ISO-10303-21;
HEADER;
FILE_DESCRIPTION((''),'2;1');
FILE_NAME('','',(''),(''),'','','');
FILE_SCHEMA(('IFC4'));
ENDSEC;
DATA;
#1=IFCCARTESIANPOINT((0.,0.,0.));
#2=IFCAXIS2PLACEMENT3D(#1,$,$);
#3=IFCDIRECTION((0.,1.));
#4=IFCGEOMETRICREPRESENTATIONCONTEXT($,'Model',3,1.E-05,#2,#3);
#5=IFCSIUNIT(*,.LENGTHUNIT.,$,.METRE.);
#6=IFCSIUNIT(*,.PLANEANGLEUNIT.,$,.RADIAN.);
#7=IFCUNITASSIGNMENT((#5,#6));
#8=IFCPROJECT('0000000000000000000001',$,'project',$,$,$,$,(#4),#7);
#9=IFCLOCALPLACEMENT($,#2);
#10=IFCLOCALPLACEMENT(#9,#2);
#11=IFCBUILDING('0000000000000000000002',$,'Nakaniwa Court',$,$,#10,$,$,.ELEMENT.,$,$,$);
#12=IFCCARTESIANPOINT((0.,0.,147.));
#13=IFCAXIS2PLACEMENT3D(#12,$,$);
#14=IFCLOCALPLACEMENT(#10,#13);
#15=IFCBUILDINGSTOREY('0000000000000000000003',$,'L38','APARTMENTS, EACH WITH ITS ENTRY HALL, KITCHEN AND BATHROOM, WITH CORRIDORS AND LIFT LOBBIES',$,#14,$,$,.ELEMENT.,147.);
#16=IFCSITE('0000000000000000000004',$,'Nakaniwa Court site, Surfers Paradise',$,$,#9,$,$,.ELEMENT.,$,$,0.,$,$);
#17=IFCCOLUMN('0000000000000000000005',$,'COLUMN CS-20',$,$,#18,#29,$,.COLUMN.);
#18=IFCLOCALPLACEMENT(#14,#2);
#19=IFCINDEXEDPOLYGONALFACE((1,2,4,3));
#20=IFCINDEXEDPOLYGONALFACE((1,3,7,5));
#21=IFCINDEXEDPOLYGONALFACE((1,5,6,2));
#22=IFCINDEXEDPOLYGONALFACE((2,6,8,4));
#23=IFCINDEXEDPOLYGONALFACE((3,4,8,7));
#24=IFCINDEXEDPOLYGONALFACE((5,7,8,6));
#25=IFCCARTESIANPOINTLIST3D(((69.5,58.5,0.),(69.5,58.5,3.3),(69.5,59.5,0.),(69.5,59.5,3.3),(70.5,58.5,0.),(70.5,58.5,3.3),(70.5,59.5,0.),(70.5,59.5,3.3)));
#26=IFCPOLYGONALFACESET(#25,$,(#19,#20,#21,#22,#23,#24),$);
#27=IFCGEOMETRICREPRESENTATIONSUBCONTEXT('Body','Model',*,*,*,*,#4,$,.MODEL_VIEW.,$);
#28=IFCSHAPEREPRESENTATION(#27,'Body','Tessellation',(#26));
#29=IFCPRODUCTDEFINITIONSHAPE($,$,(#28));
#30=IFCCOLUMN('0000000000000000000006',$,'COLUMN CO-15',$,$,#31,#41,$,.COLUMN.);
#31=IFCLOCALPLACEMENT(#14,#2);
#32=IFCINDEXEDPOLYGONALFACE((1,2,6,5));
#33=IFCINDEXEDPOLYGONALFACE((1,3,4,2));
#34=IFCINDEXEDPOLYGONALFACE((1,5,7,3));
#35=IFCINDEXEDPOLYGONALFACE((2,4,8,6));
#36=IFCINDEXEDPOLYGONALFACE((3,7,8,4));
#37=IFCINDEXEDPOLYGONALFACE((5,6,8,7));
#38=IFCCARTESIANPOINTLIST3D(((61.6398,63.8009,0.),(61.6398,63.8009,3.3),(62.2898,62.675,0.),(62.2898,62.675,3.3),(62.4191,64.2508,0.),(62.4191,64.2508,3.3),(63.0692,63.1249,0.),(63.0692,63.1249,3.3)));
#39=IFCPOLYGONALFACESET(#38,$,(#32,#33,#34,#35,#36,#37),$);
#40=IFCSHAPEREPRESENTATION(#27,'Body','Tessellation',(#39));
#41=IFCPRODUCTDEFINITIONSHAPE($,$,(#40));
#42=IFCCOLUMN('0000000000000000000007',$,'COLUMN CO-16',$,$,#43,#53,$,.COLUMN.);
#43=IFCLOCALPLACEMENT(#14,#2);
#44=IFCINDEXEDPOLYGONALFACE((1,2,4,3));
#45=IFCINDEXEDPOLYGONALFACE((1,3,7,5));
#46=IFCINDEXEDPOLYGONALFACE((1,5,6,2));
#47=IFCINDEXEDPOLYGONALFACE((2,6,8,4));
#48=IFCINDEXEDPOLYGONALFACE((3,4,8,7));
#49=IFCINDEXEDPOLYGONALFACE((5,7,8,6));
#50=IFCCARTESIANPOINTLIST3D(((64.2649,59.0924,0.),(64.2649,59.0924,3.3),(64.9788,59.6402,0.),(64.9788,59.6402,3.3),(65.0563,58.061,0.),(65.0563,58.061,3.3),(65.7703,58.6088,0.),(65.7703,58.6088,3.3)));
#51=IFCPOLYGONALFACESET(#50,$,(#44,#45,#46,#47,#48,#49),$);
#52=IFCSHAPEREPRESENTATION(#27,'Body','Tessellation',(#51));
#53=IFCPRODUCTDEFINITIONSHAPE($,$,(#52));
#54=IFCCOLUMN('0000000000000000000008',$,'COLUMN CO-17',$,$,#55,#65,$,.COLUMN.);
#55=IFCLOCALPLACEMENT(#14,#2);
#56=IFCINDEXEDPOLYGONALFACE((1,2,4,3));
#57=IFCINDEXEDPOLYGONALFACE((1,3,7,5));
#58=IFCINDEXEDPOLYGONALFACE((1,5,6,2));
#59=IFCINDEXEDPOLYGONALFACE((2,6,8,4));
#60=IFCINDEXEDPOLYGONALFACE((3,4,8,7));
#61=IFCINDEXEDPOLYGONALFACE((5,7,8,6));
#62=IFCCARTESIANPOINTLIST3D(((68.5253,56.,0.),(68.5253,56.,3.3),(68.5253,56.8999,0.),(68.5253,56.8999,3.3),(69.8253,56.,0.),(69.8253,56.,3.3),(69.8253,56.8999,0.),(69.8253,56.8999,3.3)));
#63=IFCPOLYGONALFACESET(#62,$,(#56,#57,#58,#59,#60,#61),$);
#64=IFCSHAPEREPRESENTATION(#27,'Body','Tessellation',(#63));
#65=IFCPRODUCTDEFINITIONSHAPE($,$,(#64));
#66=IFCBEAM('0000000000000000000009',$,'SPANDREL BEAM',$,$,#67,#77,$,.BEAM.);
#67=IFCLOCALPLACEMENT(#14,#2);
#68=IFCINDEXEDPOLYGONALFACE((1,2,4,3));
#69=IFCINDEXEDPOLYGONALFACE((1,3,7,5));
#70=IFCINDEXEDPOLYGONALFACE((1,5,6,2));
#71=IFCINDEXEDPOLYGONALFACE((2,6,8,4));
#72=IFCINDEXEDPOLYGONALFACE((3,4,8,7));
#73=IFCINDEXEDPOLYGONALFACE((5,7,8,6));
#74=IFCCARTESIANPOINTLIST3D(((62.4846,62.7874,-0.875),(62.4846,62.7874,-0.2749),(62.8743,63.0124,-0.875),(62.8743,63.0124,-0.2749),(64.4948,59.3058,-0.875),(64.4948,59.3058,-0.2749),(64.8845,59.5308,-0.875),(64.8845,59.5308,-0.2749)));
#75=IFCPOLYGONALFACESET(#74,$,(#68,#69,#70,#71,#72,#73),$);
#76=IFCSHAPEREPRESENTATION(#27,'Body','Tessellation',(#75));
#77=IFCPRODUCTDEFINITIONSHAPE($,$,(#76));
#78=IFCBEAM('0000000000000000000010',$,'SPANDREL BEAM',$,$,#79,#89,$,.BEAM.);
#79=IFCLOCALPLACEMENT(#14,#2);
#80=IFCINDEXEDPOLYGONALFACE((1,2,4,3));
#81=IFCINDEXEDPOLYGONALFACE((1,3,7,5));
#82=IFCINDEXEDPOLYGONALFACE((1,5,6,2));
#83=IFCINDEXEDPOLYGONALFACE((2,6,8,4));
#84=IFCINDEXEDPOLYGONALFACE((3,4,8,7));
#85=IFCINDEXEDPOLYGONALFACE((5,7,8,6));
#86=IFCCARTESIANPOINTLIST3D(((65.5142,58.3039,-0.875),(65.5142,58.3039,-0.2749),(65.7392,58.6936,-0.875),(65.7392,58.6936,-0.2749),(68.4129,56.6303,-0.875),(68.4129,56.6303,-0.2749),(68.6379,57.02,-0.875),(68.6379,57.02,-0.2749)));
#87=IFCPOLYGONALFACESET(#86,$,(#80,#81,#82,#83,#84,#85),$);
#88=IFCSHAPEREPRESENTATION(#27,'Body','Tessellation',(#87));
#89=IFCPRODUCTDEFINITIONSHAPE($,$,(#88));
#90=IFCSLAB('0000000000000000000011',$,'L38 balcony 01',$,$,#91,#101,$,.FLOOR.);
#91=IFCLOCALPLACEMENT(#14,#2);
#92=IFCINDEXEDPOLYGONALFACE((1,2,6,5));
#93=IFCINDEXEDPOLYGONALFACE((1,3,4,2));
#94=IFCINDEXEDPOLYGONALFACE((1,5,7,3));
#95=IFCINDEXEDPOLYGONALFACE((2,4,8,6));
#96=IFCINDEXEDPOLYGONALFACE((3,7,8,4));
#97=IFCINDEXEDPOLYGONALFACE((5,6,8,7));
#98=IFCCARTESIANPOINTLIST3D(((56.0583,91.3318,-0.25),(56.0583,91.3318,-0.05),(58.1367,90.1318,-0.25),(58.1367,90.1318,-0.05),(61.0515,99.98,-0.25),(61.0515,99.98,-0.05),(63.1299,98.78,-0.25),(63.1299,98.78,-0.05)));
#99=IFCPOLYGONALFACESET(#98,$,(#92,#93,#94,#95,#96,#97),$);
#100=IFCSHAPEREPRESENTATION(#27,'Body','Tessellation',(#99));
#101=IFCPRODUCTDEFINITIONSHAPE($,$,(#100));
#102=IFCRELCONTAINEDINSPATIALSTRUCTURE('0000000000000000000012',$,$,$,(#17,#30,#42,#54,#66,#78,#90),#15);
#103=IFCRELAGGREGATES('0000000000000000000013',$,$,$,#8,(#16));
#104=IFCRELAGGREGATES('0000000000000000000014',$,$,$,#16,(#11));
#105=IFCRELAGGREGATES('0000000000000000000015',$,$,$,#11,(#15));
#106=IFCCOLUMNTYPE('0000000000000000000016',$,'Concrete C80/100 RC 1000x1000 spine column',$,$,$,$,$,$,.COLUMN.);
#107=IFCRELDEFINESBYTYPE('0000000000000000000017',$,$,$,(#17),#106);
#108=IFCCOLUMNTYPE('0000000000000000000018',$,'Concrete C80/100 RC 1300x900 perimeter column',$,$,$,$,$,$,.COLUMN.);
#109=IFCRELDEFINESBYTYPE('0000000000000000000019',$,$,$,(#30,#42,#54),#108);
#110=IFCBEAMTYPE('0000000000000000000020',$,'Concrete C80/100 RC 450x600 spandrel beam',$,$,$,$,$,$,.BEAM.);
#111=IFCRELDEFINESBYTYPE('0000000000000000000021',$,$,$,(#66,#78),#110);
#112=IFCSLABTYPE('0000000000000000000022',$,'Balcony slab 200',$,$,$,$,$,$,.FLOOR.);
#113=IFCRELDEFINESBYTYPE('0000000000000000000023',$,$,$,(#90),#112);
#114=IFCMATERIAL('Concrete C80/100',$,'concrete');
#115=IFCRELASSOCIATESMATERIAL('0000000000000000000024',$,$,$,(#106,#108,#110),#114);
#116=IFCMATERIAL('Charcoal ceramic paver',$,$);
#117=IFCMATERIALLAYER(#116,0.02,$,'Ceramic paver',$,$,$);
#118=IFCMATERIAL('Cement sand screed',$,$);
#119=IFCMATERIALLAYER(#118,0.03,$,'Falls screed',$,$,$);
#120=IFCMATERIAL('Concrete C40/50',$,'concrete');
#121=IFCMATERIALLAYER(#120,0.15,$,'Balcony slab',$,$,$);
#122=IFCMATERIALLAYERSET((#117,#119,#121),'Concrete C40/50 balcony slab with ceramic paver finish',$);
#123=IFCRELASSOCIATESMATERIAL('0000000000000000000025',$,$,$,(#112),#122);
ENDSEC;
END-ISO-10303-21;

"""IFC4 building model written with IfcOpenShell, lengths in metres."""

from ifc_helpers import new_model, si_unit, direction, frame, origin, origin_2d, place, context, subcontext, project, spatial, polyline, rectangle, outline, extrude, material, layer, layer_set, material_profile, profile_set, type_object, element, save


model = new_model("IFC4")

# Units and contexts
model_context = context("Model", 3, precision=1e-05, world=origin(), true_north=direction((0.0, 1.0)))
body_context = subcontext(model_context, "Body", "Model", "MODEL_VIEW")
ifc_project = project(units=[si_unit("LENGTHUNIT", "METRE"), si_unit("PLANEANGLEUNIT", "RADIAN")], contexts=[model_context])

# Site, building, storey
site_placement = place(None, origin())
site = spatial("IfcSite", under=ifc_project, at=site_placement, Name="Nakaniwa Court site, Surfers Paradise", CompositionType="ELEMENT", RefElevation=0.0)
building_placement = place(site_placement, origin())
building = spatial("IfcBuilding", under=site, at=building_placement, Name="Nakaniwa Court", CompositionType="ELEMENT")
storey_placement = place(building_placement, frame((0.0, 0.0, 147.0)))
storey = spatial("IfcBuildingStorey", under=building, at=storey_placement, Name="L38", Description="APARTMENTS, EACH WITH ITS ENTRY HALL, KITCHEN AND BATHROOM, WITH CORRIDORS AND LIFT LOBBIES", CompositionType="ELEMENT", Elevation=147.0)

# Columns
ifc_material_1 = material(Name="Concrete C80/100", Category="concrete")
ifc_material_profile_1 = material_profile(ifc_material_1, rectangle(XDim=1.0, YDim=1.0, at=origin_2d()), Name="Concrete C80/100 RC 1000x1000 spine column")
ifc_profile_set_1 = profile_set([ifc_material_profile_1], Name="Concrete C80/100")
column_type_1 = type_object("IfcColumnType", Name="Concrete C80/100 RC 1000x1000 spine column", PredefinedType="COLUMN", material=ifc_profile_set_1)
column_placement = place(storey_placement, frame((70.0, 59.0, 0.0), z_axis=(0.0, 0.0, 1.0), x_axis=(0.0, -1.0, 0.0)))
element("IfcColumn", 1, at=column_placement, inside=storey, type_object=column_type_1, Name="COLUMN CS-20", PredefinedType="COLUMN", context=body_context, shape_type="SweptSolid", body=[
    extrude(rectangle(XDim=1.0, YDim=1.0, at=origin_2d()), origin(), (0.0, 0.0, 1.0), 3.3),
])
ifc_material_profile_2 = material_profile(ifc_material_1, rectangle(XDim=1.3, YDim=0.8999, at=origin_2d()), Name="Concrete C80/100 RC 1300x900 perimeter column")
ifc_profile_set_2 = profile_set([ifc_material_profile_2], Name="Concrete C80/100")
column_type_2 = type_object("IfcColumnType", Name="Concrete C80/100 RC 1300x900 perimeter column", PredefinedType="COLUMN", material=ifc_profile_set_2)
for number, where, z_axis, x_axis, name in (
    (2, (62.3545, 63.4629, 0.0), (0.0, 0.0, 1.0), (0.5, -0.866025, 0.0), "COLUMN CO-15"),
    (3, (65.0176, 58.8506, 0.0), (0.0, 0.0, 1.0), (0.608761, -0.793353, 0.0), "COLUMN CO-16"),
    (4, (69.1753, 56.45, 0.0), (0.0, 0.0, 1.0), (1.0, 0.0, 0.0), "COLUMN CO-17"),
):
    element("IfcColumn", number, at=place(storey_placement, frame(where, z_axis=z_axis, x_axis=x_axis)), inside=storey, type_object=column_type_2, Name=name, PredefinedType="COLUMN", context=body_context, shape_type="SweptSolid", body=[
        extrude(rectangle(XDim=1.3, YDim=0.8999, at=origin_2d()), origin(), (0.0, 0.0, 1.0), 3.3),
    ])

# Beams
ifc_material_profile_3 = material_profile(ifc_material_1, rectangle(XDim=0.45, YDim=0.6001, at=origin_2d()), Name="Concrete C80/100 RC 450x600 spandrel beam")
ifc_profile_set_3 = profile_set([ifc_material_profile_3], Name="Concrete C80/100")
beam_type = type_object("IfcBeamType", Name="Concrete C80/100 RC 450x600 spandrel beam", PredefinedType="BEAM", material=ifc_profile_set_3)
beam_1_placement = place(storey_placement, frame((62.6794, 62.8999, -0.575), z_axis=(0.500019, -0.866015, 0.0), x_axis=(0.866015, 0.500019, 0.0)))
element("IfcBeam", 5, at=beam_1_placement, inside=storey, type_object=beam_type, Name="SPANDREL BEAM", PredefinedType="BEAM", context=body_context, shape_type="SweptSolid", body=[
    extrude(rectangle(XDim=0.45, YDim=0.6001, at=origin_2d()), origin(), (0.0, 0.0, 1.0), 4.0203),
])
beam_2_placement = place(storey_placement, frame((65.6267, 58.4988, -0.575), z_axis=(0.866022, -0.500007, 0.0), x_axis=(0.500007, 0.866022, 0.0)))
element("IfcBeam", 6, at=beam_2_placement, inside=storey, type_object=beam_type, Name="SPANDREL BEAM", PredefinedType="BEAM", context=body_context, shape_type="SweptSolid", body=[
    extrude(rectangle(XDim=0.45, YDim=0.6001, at=origin_2d()), origin(), (0.0, 0.0, 1.0), 3.3472),
])

# Slab
ifc_material_2 = material(Name="Charcoal ceramic paver")
ifc_layer_1 = layer(ifc_material_2, 0.02, Name="Ceramic paver")
ifc_material_3 = material(Name="Cement sand screed")
ifc_layer_2 = layer(ifc_material_3, 0.03, Name="Falls screed")
ifc_material_4 = material(Name="Concrete C40/50", Category="concrete")
ifc_layer_3 = layer(ifc_material_4, 0.15, Name="Balcony slab")
ifc_layer_set_1 = layer_set([ifc_layer_1, ifc_layer_2, ifc_layer_3], Name="Concrete C40/50 balcony slab with ceramic paver finish")
slab_type_1 = type_object("IfcSlabType", Name="Balcony slab 200", PredefinedType="FLOOR", material=ifc_layer_set_1)
slab_1_placement = place(storey_placement, frame((0.0, 0.0, -0.25)))
element("IfcSlab", 7, at=slab_1_placement, inside=storey, type_object=slab_type_1, Name="L38 balcony 01", PredefinedType="FLOOR", context=body_context, shape_type="SweptSolid", body=[
    extrude(outline(polyline([(63.1299, 98.78), (58.1367, 90.1318), (56.0583, 91.3318), (61.0515, 99.98), (63.1299, 98.78)])), origin(), (0.0, 0.0, 1.0), 0.2),
])

save(model, "model.ifc")
